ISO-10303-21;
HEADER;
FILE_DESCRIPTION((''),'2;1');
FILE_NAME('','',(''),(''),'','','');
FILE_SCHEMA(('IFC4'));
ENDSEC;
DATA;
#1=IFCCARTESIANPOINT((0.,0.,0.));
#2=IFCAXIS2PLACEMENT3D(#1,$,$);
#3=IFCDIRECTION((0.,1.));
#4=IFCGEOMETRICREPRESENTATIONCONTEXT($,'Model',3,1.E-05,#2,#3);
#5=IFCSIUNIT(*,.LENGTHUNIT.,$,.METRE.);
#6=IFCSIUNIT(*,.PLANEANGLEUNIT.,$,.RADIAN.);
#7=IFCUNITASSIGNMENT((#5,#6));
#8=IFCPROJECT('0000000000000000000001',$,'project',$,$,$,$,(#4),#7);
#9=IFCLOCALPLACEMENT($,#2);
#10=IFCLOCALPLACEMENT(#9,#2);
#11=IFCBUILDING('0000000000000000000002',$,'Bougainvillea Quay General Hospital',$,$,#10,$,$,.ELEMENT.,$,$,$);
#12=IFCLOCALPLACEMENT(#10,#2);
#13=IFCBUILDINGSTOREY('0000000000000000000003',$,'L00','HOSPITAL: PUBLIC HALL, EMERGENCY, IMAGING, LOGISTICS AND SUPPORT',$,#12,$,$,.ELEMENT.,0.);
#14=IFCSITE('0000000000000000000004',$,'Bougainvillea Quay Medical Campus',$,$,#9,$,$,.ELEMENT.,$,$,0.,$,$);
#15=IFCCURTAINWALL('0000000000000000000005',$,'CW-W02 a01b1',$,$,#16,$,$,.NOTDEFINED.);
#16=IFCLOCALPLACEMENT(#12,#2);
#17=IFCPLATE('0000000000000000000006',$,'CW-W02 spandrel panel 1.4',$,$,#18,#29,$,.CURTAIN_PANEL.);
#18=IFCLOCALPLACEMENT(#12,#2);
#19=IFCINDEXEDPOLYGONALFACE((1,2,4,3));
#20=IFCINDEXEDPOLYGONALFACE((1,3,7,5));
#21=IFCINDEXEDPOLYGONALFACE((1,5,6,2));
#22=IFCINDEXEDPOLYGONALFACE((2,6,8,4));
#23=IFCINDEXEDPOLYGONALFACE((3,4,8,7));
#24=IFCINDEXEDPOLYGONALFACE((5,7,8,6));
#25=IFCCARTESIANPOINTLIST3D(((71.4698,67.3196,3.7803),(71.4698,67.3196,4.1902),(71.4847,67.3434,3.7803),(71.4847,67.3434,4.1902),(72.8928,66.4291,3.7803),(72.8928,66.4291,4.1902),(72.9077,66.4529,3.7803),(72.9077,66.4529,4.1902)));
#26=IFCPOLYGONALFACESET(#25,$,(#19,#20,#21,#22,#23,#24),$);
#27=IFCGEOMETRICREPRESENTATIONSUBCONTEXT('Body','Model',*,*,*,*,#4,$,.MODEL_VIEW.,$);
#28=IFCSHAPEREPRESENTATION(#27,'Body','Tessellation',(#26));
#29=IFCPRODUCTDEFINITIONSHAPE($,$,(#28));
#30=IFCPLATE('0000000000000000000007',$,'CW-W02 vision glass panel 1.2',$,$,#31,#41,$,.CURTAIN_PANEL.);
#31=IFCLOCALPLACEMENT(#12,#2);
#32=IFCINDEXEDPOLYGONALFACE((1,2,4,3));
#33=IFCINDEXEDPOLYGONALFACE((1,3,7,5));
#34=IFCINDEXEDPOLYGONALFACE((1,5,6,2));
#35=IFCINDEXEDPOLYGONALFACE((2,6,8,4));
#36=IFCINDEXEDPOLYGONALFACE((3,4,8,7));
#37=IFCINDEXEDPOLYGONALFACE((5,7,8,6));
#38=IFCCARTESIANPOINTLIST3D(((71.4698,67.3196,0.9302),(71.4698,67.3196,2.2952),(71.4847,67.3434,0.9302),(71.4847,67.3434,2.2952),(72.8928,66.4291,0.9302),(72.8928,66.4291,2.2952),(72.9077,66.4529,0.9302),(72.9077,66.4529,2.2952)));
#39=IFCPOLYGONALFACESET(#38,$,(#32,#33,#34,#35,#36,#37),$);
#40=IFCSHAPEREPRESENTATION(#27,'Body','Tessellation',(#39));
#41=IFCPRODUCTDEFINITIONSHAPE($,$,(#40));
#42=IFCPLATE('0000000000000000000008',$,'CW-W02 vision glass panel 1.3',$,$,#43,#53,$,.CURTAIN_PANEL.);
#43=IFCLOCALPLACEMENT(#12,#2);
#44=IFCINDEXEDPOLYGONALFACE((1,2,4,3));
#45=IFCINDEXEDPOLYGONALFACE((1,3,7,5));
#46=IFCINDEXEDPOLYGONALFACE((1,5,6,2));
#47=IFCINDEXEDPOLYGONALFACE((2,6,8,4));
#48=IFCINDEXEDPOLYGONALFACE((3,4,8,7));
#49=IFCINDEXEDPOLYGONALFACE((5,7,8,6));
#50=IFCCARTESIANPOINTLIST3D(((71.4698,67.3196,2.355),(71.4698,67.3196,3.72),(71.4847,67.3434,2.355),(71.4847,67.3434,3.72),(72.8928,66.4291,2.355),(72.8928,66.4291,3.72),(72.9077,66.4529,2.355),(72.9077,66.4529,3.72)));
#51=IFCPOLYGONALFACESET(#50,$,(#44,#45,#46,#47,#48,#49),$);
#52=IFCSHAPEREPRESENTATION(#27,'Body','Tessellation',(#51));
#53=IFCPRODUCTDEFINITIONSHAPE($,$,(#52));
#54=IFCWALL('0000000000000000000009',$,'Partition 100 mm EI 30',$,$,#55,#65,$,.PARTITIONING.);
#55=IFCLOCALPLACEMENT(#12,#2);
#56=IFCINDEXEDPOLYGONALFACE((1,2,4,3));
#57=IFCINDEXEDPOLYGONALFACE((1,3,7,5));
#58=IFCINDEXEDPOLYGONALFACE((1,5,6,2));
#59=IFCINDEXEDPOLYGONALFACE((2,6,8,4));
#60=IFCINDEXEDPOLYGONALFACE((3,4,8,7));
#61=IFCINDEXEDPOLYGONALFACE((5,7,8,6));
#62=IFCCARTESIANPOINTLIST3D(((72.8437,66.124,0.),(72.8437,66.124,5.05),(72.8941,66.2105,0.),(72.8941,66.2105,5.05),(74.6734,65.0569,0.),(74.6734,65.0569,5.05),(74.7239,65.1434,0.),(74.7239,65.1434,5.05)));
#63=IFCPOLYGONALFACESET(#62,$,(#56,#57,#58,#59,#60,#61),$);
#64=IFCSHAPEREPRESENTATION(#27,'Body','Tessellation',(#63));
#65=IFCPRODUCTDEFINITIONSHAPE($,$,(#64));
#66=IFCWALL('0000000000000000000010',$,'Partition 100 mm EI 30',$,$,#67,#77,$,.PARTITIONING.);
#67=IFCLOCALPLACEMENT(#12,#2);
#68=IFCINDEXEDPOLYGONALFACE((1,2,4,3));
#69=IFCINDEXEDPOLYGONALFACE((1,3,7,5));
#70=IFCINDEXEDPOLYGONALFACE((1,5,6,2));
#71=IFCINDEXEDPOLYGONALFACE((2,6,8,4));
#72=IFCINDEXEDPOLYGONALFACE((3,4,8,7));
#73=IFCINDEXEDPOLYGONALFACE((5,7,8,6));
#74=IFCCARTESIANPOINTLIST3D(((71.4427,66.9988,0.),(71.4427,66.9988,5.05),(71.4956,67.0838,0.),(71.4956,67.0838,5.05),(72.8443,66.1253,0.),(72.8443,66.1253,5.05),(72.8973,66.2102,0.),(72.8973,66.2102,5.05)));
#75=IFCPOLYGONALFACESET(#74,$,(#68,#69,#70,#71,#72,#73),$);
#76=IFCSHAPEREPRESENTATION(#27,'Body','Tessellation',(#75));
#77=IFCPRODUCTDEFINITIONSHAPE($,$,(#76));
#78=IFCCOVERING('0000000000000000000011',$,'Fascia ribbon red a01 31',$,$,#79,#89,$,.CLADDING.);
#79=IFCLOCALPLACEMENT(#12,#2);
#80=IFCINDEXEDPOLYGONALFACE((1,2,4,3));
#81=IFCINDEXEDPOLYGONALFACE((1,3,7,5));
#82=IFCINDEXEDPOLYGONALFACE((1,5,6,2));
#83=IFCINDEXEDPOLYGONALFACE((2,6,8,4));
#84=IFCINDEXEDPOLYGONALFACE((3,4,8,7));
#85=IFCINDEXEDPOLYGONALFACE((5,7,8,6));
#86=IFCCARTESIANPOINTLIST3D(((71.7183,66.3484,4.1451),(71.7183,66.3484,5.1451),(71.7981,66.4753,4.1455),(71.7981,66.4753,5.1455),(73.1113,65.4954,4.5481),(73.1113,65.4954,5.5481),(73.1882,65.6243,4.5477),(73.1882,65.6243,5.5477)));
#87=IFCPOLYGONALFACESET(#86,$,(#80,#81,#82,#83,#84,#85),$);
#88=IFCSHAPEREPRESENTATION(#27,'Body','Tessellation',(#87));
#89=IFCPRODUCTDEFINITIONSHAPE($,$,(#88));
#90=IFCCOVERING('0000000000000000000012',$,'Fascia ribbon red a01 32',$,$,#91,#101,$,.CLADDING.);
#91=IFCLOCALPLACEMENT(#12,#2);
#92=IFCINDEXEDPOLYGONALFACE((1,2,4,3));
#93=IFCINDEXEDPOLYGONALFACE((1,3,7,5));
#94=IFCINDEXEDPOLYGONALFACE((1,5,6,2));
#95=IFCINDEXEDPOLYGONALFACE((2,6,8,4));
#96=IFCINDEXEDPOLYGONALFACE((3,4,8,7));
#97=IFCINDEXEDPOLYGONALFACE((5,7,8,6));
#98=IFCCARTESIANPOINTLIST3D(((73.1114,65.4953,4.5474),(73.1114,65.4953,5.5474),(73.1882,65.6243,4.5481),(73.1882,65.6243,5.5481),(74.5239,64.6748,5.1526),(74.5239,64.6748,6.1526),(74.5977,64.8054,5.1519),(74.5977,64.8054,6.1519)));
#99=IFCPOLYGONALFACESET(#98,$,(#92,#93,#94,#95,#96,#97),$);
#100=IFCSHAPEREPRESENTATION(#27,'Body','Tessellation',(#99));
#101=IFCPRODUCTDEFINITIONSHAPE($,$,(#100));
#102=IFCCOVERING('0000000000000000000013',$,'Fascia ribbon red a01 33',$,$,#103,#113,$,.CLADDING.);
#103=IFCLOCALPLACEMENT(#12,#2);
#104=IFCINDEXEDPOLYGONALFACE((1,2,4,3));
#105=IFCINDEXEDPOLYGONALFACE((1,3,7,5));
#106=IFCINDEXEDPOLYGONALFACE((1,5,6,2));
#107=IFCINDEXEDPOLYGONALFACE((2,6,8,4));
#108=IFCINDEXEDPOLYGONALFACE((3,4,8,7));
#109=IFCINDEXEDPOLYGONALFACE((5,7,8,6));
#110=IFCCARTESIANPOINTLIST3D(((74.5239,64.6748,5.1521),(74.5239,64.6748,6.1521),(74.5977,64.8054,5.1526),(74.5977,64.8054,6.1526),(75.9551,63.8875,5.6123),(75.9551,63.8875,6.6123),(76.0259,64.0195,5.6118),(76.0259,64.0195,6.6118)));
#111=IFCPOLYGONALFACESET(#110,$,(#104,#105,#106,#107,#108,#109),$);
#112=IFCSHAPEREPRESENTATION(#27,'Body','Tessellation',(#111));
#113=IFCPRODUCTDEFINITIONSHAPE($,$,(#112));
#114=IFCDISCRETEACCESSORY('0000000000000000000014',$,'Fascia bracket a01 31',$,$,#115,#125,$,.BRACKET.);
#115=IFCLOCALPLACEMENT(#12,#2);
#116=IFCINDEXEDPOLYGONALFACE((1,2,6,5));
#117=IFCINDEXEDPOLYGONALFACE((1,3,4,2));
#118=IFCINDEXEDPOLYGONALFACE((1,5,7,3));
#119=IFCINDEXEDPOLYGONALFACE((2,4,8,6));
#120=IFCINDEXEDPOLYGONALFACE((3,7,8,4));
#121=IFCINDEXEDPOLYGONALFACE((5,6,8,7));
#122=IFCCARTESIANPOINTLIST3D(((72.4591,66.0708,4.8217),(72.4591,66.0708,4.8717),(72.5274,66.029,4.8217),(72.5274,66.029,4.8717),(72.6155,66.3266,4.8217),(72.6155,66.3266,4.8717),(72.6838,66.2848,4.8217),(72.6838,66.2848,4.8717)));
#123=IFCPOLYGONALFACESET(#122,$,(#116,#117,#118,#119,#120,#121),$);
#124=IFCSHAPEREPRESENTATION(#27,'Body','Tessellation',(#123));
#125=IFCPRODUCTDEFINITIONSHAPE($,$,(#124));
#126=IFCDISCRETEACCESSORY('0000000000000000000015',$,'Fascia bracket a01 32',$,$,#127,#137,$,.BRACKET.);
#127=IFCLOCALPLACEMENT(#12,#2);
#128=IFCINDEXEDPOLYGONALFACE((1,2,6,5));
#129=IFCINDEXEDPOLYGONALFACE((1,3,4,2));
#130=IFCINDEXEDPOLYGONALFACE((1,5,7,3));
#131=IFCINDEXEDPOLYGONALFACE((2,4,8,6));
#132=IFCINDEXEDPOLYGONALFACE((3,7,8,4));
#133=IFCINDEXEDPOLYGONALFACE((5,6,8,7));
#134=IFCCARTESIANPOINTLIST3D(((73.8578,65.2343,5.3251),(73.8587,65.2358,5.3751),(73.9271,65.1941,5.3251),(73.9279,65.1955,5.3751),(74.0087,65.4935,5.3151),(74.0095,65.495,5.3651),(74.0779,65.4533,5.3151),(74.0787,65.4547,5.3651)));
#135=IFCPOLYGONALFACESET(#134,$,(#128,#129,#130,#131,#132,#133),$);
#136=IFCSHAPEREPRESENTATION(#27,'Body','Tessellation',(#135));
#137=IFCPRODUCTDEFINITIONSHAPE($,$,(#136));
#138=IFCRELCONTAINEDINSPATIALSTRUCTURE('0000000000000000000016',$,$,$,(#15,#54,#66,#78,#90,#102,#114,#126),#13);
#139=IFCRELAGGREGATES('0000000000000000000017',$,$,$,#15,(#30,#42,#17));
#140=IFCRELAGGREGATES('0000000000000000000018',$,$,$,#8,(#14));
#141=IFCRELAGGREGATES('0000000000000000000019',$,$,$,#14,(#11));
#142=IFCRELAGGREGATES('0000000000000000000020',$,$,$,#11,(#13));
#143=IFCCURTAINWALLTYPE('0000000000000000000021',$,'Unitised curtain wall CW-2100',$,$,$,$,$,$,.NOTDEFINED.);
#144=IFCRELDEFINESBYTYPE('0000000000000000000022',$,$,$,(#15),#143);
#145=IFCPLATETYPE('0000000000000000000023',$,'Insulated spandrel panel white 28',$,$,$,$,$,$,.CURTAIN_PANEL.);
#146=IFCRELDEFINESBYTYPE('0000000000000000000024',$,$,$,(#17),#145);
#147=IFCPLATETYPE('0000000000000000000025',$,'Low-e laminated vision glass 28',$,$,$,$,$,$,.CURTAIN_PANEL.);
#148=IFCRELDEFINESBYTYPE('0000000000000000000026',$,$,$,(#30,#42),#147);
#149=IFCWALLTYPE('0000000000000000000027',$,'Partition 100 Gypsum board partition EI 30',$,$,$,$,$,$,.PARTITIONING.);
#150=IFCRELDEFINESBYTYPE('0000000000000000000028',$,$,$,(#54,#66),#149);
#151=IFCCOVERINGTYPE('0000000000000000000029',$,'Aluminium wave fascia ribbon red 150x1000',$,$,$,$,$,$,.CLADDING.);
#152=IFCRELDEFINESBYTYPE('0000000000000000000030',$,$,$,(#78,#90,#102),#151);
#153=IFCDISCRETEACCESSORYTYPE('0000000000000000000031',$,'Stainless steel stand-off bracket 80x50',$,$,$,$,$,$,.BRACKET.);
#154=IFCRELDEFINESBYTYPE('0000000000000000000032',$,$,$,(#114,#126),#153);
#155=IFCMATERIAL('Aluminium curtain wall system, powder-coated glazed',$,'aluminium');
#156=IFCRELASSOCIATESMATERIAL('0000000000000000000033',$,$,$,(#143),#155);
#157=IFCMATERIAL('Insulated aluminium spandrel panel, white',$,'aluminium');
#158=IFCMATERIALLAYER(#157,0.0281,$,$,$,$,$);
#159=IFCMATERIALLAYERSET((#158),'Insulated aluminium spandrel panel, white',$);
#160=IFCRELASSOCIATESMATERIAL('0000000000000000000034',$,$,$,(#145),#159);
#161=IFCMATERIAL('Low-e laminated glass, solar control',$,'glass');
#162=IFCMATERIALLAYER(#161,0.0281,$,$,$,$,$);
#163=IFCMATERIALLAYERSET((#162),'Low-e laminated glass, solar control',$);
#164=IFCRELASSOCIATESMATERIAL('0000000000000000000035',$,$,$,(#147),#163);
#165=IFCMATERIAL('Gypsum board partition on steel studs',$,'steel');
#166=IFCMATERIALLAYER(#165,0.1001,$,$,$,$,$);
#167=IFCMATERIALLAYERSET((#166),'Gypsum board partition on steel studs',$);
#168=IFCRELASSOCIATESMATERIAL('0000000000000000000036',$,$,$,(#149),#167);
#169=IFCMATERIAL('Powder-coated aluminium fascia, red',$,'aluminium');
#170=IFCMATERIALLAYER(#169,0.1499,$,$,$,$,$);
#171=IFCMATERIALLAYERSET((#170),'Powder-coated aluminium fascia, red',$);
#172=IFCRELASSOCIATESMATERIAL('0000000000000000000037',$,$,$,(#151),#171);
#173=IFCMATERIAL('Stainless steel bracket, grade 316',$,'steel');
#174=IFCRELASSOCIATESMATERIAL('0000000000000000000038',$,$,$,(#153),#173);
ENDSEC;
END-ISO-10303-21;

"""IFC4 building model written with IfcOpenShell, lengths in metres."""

from ifc_helpers import new_model, si_unit, direction, frame, frame_2d, origin, origin_2d, place, context, subcontext, project, spatial, polyline, rectangle, outline, extrude, material, layer, layer_set, material_profile, profile_set, type_object, element, aggregate, save


model = new_model("IFC4")

# Units and contexts
model_context = context("Model", 3, precision=1e-05, world=origin(), true_north=direction((0.0, 1.0)))
body_context = subcontext(model_context, "Body", "Model", "MODEL_VIEW")
ifc_project = project(units=[si_unit("LENGTHUNIT", "METRE"), si_unit("PLANEANGLEUNIT", "RADIAN")], contexts=[model_context])

# Site, building, storey
site_placement = place(None, origin())
site = spatial("IfcSite", under=ifc_project, at=site_placement, Name="Bougainvillea Quay Medical Campus", CompositionType="ELEMENT", RefElevation=0.0)
building_placement = place(site_placement, origin())
building = spatial("IfcBuilding", under=site, at=building_placement, Name="Bougainvillea Quay General Hospital", CompositionType="ELEMENT")
storey_placement = place(building_placement, origin())
storey = spatial("IfcBuildingStorey", under=building, at=storey_placement, Name="L00", Description="HOSPITAL: PUBLIC HALL, EMERGENCY, IMAGING, LOGISTICS AND SUPPORT", CompositionType="ELEMENT", Elevation=0.0)

# Curtain wall, plates
ifc_material_1 = material(Name="Aluminium curtain wall system, powder-coated glazed", Category="aluminium")
curtain_wall_type = type_object("IfcCurtainWallType", Name="Unitised curtain wall CW-2100", PredefinedType="NOTDEFINED", material=ifc_material_1)
curtain_wall_placement = place(storey_placement, origin())
curtain_wall = element("IfcCurtainWall", 1, at=curtain_wall_placement, inside=storey, type_object=curtain_wall_type, Name="CW-W02 a01b1", PredefinedType="NOTDEFINED")
ifc_material_2 = material(Name="Insulated aluminium spandrel panel, white", Category="aluminium")
ifc_layer_1 = layer(ifc_material_2, 0.0281)
ifc_layer_set_1 = layer_set([ifc_layer_1], Name="Insulated aluminium spandrel panel, white")
plate_type_1 = type_object("IfcPlateType", Name="Insulated spandrel panel white 28", PredefinedType="CURTAIN_PANEL", material=ifc_layer_set_1)
plate_1_placement = place(storey_placement, frame((72.1887, 66.8862, 3.7803), z_axis=(0.0, 0.0, 1.0), x_axis=(-0.847692, 0.530489, 0.0)))
plate_1 = element("IfcPlate", 2, at=plate_1_placement, type_object=plate_type_1, Name="CW-W02 spandrel panel 1.4", PredefinedType="CURTAIN_PANEL", context=body_context, shape_type="SweptSolid", body=[
    extrude(rectangle(XDim=1.6787, YDim=0.0281, at=origin_2d()), origin(), (0.0, 0.0, 1.0), 0.4099),
])
ifc_material_3 = material(Name="Low-e laminated glass, solar control", Category="glass")
ifc_layer_2 = layer(ifc_material_3, 0.0281)
ifc_layer_set_2 = layer_set([ifc_layer_2], Name="Low-e laminated glass, solar control")
plate_type_2 = type_object("IfcPlateType", Name="Low-e laminated vision glass 28", PredefinedType="CURTAIN_PANEL", material=ifc_layer_set_2)
plate_2_placement = place(storey_placement, frame((72.1887, 66.8862, 0.9302), z_axis=(0.0, 0.0, 1.0), x_axis=(-0.847692, 0.530489, 0.0)))
plate_2 = element("IfcPlate", 3, at=plate_2_placement, type_object=plate_type_2, Name="CW-W02 vision glass panel 1.2", PredefinedType="CURTAIN_PANEL", context=body_context, shape_type="SweptSolid", body=[
    extrude(rectangle(XDim=1.6787, YDim=0.0281, at=origin_2d()), origin(), (0.0, 0.0, 1.0), 1.365),
])
plate_3_placement = place(storey_placement, frame((72.1887, 66.8862, 2.355), z_axis=(0.0, 0.0, 1.0), x_axis=(-0.847692, 0.530489, 0.0)))
plate_3 = element("IfcPlate", 4, at=plate_3_placement, type_object=plate_type_2, Name="CW-W02 vision glass panel 1.3", PredefinedType="CURTAIN_PANEL", context=body_context, shape_type="SweptSolid", body=[
    extrude(rectangle(XDim=1.6787, YDim=0.0281, at=origin_2d()), origin(), (0.0, 0.0, 1.0), 1.365),
])
aggregate(curtain_wall, [plate_2, plate_3, plate_1])

# Walls
ifc_material_4 = material(Name="Gypsum board partition on steel studs", Category="steel")
ifc_layer_3 = layer(ifc_material_4, 0.1001)
ifc_layer_set_3 = layer_set([ifc_layer_3], Name="Gypsum board partition on steel studs")
wall_type = type_object("IfcWallType", Name="Partition 100 Gypsum board partition EI 30", PredefinedType="PARTITIONING", material=ifc_layer_set_3)
wall_1_placement = place(storey_placement, frame((72.8689, 66.1672, 0.0), z_axis=(0.0, 0.0, 1.0), x_axis=(0.863833, -0.503778, 0.0)))
element("IfcWall", 5, at=wall_1_placement, inside=storey, type_object=wall_type, Name="Partition 100 mm EI 30", PredefinedType="PARTITIONING", context=body_context, shape_type="SweptSolid", body=[
    extrude(rectangle(XDim=2.1182, YDim=0.1001, at=frame_2d((1.0591, 0.0))), origin(), (0.0, 0.0, 1.0), 5.05),
])
wall_2_placement = place(storey_placement, frame((71.4692, 67.0413, 0.0), z_axis=(0.0, 0.0, 1.0), x_axis=(0.84867, -0.528922, 0.0)))
element("IfcWall", 6, at=wall_2_placement, inside=storey, type_object=wall_type, Name="Partition 100 mm EI 30", PredefinedType="PARTITIONING", context=body_context, shape_type="SweptSolid", body=[
    extrude(rectangle(XDim=1.6516, YDim=0.1001, at=frame_2d((0.8257, 0.0))), origin(), (0.0, 0.0, 1.0), 5.05),
])

# Coverings
ifc_material_5 = material(Name="Powder-coated aluminium fascia, red", Category="aluminium")
ifc_layer_4 = layer(ifc_material_5, 0.1499)
ifc_layer_set_4 = layer_set([ifc_layer_4], Name="Powder-coated aluminium fascia, red")
covering_type = type_object("IfcCoveringType", Name="Aluminium wave fascia ribbon red 150x1000", PredefinedType="CLADDING", material=ifc_layer_set_4)
covering_1_placement = place(storey_placement, frame((71.7981, 66.4753, 4.1455), z_axis=(-0.204261, 0.12513, 0.970886), x_axis=(0.828029, -0.506939, 0.239541)))
element("IfcCovering", 7, at=covering_1_placement, inside=storey, type_object=covering_type, Name="Fascia ribbon red a01 31", PredefinedType="CLADDING", context=body_context, shape_type="SweptSolid", body=[
    extrude(outline(polyline([(0.0, 0.0), (1.6788, 0.0), (1.6806, -0.1501), (-0.0019, -0.15), (0.0, 0.0)])), origin(), (0.239541, -0.000063, 0.970886), 1.0),
])
covering_2_placement = place(storey_placement, frame((73.1882, 65.6243, 4.5481), z_axis=(-0.30043, 0.174379, 0.937728), x_axis=(0.810819, -0.47107, 0.347371)))
element("IfcCovering", 8, at=covering_2_placement, inside=storey, type_object=covering_type, Name="Fascia ribbon red a01 32", PredefinedType="CLADDING", context=body_context, shape_type="SweptSolid", body=[
    extrude(outline(polyline([(0.0, 0.0), (1.7383, 0.0), (1.7403, -0.15), (-0.0018, -0.1501), (0.0, 0.0)])), origin(), (0.347371, 0.000133, 0.937728), 1.0),
])
covering_3_placement = place(storey_placement, frame((74.5977, 64.8054, 5.1526), z_axis=(-0.237583, 0.130715, 0.962532), x_axis=(0.843295, -0.464028, 0.271168)))
element("IfcCovering", 9, at=covering_3_placement, inside=storey, type_object=covering_type, Name="Fascia ribbon red a01 33", PredefinedType="CLADDING", context=body_context, shape_type="SweptSolid", body=[
    extrude(outline(polyline([(0.0, 0.0), (1.6936, 0.0), (1.6953, -0.1499), (-0.0017, -0.15), (0.0, 0.0)])), origin(), (0.271168, 0.000014, 0.962532), 1.0),
])

# Discrete accessories
ifc_material_6 = material(Name="Stainless steel bracket, grade 316", Category="steel")
ifc_material_profile_1 = material_profile(ifc_material_6, rectangle(XDim=0.0801, YDim=0.05, at=origin_2d()))
ifc_profile_set_1 = profile_set([ifc_material_profile_1], Name="Stainless steel bracket, grade 316")
discrete_accessory_type = type_object("IfcDiscreteAccessoryType", Name="Stainless steel stand-off bracket 80x50", PredefinedType="BRACKET", material=ifc_profile_set_1)
discrete_accessory_1_placement = place(storey_placement, frame((72.6497, 66.3057, 4.8467), z_axis=(-0.521779, -0.853081, 0.0), x_axis=(0.853081, -0.521779, 0.0)))
element("IfcDiscreteAccessory", 10, at=discrete_accessory_1_placement, inside=storey, type_object=discrete_accessory_type, Name="Fascia bracket a01 31", PredefinedType="BRACKET", context=body_context, shape_type="SweptSolid", body=[
    extrude(rectangle(XDim=0.0801, YDim=0.05, at=origin_2d()), origin(), (0.0, 0.0, 1.0), 0.2998),
])
discrete_accessory_2_placement = place(storey_placement, frame((74.0437, 65.4741, 5.3401), z_axis=(-0.50268, -0.863829, 0.033349), x_axis=(0.86431, -0.50296, 0.0)))
element("IfcDiscreteAccessory", 11, at=discrete_accessory_2_placement, inside=storey, type_object=discrete_accessory_type, Name="Fascia bracket a01 32", PredefinedType="BRACKET", context=body_context, shape_type="SweptSolid", body=[
    extrude(rectangle(XDim=0.0801, YDim=0.05, at=origin_2d()), origin(), (0.0, 0.0, 1.0), 0.3),
])

save(model, "model.ifc")
